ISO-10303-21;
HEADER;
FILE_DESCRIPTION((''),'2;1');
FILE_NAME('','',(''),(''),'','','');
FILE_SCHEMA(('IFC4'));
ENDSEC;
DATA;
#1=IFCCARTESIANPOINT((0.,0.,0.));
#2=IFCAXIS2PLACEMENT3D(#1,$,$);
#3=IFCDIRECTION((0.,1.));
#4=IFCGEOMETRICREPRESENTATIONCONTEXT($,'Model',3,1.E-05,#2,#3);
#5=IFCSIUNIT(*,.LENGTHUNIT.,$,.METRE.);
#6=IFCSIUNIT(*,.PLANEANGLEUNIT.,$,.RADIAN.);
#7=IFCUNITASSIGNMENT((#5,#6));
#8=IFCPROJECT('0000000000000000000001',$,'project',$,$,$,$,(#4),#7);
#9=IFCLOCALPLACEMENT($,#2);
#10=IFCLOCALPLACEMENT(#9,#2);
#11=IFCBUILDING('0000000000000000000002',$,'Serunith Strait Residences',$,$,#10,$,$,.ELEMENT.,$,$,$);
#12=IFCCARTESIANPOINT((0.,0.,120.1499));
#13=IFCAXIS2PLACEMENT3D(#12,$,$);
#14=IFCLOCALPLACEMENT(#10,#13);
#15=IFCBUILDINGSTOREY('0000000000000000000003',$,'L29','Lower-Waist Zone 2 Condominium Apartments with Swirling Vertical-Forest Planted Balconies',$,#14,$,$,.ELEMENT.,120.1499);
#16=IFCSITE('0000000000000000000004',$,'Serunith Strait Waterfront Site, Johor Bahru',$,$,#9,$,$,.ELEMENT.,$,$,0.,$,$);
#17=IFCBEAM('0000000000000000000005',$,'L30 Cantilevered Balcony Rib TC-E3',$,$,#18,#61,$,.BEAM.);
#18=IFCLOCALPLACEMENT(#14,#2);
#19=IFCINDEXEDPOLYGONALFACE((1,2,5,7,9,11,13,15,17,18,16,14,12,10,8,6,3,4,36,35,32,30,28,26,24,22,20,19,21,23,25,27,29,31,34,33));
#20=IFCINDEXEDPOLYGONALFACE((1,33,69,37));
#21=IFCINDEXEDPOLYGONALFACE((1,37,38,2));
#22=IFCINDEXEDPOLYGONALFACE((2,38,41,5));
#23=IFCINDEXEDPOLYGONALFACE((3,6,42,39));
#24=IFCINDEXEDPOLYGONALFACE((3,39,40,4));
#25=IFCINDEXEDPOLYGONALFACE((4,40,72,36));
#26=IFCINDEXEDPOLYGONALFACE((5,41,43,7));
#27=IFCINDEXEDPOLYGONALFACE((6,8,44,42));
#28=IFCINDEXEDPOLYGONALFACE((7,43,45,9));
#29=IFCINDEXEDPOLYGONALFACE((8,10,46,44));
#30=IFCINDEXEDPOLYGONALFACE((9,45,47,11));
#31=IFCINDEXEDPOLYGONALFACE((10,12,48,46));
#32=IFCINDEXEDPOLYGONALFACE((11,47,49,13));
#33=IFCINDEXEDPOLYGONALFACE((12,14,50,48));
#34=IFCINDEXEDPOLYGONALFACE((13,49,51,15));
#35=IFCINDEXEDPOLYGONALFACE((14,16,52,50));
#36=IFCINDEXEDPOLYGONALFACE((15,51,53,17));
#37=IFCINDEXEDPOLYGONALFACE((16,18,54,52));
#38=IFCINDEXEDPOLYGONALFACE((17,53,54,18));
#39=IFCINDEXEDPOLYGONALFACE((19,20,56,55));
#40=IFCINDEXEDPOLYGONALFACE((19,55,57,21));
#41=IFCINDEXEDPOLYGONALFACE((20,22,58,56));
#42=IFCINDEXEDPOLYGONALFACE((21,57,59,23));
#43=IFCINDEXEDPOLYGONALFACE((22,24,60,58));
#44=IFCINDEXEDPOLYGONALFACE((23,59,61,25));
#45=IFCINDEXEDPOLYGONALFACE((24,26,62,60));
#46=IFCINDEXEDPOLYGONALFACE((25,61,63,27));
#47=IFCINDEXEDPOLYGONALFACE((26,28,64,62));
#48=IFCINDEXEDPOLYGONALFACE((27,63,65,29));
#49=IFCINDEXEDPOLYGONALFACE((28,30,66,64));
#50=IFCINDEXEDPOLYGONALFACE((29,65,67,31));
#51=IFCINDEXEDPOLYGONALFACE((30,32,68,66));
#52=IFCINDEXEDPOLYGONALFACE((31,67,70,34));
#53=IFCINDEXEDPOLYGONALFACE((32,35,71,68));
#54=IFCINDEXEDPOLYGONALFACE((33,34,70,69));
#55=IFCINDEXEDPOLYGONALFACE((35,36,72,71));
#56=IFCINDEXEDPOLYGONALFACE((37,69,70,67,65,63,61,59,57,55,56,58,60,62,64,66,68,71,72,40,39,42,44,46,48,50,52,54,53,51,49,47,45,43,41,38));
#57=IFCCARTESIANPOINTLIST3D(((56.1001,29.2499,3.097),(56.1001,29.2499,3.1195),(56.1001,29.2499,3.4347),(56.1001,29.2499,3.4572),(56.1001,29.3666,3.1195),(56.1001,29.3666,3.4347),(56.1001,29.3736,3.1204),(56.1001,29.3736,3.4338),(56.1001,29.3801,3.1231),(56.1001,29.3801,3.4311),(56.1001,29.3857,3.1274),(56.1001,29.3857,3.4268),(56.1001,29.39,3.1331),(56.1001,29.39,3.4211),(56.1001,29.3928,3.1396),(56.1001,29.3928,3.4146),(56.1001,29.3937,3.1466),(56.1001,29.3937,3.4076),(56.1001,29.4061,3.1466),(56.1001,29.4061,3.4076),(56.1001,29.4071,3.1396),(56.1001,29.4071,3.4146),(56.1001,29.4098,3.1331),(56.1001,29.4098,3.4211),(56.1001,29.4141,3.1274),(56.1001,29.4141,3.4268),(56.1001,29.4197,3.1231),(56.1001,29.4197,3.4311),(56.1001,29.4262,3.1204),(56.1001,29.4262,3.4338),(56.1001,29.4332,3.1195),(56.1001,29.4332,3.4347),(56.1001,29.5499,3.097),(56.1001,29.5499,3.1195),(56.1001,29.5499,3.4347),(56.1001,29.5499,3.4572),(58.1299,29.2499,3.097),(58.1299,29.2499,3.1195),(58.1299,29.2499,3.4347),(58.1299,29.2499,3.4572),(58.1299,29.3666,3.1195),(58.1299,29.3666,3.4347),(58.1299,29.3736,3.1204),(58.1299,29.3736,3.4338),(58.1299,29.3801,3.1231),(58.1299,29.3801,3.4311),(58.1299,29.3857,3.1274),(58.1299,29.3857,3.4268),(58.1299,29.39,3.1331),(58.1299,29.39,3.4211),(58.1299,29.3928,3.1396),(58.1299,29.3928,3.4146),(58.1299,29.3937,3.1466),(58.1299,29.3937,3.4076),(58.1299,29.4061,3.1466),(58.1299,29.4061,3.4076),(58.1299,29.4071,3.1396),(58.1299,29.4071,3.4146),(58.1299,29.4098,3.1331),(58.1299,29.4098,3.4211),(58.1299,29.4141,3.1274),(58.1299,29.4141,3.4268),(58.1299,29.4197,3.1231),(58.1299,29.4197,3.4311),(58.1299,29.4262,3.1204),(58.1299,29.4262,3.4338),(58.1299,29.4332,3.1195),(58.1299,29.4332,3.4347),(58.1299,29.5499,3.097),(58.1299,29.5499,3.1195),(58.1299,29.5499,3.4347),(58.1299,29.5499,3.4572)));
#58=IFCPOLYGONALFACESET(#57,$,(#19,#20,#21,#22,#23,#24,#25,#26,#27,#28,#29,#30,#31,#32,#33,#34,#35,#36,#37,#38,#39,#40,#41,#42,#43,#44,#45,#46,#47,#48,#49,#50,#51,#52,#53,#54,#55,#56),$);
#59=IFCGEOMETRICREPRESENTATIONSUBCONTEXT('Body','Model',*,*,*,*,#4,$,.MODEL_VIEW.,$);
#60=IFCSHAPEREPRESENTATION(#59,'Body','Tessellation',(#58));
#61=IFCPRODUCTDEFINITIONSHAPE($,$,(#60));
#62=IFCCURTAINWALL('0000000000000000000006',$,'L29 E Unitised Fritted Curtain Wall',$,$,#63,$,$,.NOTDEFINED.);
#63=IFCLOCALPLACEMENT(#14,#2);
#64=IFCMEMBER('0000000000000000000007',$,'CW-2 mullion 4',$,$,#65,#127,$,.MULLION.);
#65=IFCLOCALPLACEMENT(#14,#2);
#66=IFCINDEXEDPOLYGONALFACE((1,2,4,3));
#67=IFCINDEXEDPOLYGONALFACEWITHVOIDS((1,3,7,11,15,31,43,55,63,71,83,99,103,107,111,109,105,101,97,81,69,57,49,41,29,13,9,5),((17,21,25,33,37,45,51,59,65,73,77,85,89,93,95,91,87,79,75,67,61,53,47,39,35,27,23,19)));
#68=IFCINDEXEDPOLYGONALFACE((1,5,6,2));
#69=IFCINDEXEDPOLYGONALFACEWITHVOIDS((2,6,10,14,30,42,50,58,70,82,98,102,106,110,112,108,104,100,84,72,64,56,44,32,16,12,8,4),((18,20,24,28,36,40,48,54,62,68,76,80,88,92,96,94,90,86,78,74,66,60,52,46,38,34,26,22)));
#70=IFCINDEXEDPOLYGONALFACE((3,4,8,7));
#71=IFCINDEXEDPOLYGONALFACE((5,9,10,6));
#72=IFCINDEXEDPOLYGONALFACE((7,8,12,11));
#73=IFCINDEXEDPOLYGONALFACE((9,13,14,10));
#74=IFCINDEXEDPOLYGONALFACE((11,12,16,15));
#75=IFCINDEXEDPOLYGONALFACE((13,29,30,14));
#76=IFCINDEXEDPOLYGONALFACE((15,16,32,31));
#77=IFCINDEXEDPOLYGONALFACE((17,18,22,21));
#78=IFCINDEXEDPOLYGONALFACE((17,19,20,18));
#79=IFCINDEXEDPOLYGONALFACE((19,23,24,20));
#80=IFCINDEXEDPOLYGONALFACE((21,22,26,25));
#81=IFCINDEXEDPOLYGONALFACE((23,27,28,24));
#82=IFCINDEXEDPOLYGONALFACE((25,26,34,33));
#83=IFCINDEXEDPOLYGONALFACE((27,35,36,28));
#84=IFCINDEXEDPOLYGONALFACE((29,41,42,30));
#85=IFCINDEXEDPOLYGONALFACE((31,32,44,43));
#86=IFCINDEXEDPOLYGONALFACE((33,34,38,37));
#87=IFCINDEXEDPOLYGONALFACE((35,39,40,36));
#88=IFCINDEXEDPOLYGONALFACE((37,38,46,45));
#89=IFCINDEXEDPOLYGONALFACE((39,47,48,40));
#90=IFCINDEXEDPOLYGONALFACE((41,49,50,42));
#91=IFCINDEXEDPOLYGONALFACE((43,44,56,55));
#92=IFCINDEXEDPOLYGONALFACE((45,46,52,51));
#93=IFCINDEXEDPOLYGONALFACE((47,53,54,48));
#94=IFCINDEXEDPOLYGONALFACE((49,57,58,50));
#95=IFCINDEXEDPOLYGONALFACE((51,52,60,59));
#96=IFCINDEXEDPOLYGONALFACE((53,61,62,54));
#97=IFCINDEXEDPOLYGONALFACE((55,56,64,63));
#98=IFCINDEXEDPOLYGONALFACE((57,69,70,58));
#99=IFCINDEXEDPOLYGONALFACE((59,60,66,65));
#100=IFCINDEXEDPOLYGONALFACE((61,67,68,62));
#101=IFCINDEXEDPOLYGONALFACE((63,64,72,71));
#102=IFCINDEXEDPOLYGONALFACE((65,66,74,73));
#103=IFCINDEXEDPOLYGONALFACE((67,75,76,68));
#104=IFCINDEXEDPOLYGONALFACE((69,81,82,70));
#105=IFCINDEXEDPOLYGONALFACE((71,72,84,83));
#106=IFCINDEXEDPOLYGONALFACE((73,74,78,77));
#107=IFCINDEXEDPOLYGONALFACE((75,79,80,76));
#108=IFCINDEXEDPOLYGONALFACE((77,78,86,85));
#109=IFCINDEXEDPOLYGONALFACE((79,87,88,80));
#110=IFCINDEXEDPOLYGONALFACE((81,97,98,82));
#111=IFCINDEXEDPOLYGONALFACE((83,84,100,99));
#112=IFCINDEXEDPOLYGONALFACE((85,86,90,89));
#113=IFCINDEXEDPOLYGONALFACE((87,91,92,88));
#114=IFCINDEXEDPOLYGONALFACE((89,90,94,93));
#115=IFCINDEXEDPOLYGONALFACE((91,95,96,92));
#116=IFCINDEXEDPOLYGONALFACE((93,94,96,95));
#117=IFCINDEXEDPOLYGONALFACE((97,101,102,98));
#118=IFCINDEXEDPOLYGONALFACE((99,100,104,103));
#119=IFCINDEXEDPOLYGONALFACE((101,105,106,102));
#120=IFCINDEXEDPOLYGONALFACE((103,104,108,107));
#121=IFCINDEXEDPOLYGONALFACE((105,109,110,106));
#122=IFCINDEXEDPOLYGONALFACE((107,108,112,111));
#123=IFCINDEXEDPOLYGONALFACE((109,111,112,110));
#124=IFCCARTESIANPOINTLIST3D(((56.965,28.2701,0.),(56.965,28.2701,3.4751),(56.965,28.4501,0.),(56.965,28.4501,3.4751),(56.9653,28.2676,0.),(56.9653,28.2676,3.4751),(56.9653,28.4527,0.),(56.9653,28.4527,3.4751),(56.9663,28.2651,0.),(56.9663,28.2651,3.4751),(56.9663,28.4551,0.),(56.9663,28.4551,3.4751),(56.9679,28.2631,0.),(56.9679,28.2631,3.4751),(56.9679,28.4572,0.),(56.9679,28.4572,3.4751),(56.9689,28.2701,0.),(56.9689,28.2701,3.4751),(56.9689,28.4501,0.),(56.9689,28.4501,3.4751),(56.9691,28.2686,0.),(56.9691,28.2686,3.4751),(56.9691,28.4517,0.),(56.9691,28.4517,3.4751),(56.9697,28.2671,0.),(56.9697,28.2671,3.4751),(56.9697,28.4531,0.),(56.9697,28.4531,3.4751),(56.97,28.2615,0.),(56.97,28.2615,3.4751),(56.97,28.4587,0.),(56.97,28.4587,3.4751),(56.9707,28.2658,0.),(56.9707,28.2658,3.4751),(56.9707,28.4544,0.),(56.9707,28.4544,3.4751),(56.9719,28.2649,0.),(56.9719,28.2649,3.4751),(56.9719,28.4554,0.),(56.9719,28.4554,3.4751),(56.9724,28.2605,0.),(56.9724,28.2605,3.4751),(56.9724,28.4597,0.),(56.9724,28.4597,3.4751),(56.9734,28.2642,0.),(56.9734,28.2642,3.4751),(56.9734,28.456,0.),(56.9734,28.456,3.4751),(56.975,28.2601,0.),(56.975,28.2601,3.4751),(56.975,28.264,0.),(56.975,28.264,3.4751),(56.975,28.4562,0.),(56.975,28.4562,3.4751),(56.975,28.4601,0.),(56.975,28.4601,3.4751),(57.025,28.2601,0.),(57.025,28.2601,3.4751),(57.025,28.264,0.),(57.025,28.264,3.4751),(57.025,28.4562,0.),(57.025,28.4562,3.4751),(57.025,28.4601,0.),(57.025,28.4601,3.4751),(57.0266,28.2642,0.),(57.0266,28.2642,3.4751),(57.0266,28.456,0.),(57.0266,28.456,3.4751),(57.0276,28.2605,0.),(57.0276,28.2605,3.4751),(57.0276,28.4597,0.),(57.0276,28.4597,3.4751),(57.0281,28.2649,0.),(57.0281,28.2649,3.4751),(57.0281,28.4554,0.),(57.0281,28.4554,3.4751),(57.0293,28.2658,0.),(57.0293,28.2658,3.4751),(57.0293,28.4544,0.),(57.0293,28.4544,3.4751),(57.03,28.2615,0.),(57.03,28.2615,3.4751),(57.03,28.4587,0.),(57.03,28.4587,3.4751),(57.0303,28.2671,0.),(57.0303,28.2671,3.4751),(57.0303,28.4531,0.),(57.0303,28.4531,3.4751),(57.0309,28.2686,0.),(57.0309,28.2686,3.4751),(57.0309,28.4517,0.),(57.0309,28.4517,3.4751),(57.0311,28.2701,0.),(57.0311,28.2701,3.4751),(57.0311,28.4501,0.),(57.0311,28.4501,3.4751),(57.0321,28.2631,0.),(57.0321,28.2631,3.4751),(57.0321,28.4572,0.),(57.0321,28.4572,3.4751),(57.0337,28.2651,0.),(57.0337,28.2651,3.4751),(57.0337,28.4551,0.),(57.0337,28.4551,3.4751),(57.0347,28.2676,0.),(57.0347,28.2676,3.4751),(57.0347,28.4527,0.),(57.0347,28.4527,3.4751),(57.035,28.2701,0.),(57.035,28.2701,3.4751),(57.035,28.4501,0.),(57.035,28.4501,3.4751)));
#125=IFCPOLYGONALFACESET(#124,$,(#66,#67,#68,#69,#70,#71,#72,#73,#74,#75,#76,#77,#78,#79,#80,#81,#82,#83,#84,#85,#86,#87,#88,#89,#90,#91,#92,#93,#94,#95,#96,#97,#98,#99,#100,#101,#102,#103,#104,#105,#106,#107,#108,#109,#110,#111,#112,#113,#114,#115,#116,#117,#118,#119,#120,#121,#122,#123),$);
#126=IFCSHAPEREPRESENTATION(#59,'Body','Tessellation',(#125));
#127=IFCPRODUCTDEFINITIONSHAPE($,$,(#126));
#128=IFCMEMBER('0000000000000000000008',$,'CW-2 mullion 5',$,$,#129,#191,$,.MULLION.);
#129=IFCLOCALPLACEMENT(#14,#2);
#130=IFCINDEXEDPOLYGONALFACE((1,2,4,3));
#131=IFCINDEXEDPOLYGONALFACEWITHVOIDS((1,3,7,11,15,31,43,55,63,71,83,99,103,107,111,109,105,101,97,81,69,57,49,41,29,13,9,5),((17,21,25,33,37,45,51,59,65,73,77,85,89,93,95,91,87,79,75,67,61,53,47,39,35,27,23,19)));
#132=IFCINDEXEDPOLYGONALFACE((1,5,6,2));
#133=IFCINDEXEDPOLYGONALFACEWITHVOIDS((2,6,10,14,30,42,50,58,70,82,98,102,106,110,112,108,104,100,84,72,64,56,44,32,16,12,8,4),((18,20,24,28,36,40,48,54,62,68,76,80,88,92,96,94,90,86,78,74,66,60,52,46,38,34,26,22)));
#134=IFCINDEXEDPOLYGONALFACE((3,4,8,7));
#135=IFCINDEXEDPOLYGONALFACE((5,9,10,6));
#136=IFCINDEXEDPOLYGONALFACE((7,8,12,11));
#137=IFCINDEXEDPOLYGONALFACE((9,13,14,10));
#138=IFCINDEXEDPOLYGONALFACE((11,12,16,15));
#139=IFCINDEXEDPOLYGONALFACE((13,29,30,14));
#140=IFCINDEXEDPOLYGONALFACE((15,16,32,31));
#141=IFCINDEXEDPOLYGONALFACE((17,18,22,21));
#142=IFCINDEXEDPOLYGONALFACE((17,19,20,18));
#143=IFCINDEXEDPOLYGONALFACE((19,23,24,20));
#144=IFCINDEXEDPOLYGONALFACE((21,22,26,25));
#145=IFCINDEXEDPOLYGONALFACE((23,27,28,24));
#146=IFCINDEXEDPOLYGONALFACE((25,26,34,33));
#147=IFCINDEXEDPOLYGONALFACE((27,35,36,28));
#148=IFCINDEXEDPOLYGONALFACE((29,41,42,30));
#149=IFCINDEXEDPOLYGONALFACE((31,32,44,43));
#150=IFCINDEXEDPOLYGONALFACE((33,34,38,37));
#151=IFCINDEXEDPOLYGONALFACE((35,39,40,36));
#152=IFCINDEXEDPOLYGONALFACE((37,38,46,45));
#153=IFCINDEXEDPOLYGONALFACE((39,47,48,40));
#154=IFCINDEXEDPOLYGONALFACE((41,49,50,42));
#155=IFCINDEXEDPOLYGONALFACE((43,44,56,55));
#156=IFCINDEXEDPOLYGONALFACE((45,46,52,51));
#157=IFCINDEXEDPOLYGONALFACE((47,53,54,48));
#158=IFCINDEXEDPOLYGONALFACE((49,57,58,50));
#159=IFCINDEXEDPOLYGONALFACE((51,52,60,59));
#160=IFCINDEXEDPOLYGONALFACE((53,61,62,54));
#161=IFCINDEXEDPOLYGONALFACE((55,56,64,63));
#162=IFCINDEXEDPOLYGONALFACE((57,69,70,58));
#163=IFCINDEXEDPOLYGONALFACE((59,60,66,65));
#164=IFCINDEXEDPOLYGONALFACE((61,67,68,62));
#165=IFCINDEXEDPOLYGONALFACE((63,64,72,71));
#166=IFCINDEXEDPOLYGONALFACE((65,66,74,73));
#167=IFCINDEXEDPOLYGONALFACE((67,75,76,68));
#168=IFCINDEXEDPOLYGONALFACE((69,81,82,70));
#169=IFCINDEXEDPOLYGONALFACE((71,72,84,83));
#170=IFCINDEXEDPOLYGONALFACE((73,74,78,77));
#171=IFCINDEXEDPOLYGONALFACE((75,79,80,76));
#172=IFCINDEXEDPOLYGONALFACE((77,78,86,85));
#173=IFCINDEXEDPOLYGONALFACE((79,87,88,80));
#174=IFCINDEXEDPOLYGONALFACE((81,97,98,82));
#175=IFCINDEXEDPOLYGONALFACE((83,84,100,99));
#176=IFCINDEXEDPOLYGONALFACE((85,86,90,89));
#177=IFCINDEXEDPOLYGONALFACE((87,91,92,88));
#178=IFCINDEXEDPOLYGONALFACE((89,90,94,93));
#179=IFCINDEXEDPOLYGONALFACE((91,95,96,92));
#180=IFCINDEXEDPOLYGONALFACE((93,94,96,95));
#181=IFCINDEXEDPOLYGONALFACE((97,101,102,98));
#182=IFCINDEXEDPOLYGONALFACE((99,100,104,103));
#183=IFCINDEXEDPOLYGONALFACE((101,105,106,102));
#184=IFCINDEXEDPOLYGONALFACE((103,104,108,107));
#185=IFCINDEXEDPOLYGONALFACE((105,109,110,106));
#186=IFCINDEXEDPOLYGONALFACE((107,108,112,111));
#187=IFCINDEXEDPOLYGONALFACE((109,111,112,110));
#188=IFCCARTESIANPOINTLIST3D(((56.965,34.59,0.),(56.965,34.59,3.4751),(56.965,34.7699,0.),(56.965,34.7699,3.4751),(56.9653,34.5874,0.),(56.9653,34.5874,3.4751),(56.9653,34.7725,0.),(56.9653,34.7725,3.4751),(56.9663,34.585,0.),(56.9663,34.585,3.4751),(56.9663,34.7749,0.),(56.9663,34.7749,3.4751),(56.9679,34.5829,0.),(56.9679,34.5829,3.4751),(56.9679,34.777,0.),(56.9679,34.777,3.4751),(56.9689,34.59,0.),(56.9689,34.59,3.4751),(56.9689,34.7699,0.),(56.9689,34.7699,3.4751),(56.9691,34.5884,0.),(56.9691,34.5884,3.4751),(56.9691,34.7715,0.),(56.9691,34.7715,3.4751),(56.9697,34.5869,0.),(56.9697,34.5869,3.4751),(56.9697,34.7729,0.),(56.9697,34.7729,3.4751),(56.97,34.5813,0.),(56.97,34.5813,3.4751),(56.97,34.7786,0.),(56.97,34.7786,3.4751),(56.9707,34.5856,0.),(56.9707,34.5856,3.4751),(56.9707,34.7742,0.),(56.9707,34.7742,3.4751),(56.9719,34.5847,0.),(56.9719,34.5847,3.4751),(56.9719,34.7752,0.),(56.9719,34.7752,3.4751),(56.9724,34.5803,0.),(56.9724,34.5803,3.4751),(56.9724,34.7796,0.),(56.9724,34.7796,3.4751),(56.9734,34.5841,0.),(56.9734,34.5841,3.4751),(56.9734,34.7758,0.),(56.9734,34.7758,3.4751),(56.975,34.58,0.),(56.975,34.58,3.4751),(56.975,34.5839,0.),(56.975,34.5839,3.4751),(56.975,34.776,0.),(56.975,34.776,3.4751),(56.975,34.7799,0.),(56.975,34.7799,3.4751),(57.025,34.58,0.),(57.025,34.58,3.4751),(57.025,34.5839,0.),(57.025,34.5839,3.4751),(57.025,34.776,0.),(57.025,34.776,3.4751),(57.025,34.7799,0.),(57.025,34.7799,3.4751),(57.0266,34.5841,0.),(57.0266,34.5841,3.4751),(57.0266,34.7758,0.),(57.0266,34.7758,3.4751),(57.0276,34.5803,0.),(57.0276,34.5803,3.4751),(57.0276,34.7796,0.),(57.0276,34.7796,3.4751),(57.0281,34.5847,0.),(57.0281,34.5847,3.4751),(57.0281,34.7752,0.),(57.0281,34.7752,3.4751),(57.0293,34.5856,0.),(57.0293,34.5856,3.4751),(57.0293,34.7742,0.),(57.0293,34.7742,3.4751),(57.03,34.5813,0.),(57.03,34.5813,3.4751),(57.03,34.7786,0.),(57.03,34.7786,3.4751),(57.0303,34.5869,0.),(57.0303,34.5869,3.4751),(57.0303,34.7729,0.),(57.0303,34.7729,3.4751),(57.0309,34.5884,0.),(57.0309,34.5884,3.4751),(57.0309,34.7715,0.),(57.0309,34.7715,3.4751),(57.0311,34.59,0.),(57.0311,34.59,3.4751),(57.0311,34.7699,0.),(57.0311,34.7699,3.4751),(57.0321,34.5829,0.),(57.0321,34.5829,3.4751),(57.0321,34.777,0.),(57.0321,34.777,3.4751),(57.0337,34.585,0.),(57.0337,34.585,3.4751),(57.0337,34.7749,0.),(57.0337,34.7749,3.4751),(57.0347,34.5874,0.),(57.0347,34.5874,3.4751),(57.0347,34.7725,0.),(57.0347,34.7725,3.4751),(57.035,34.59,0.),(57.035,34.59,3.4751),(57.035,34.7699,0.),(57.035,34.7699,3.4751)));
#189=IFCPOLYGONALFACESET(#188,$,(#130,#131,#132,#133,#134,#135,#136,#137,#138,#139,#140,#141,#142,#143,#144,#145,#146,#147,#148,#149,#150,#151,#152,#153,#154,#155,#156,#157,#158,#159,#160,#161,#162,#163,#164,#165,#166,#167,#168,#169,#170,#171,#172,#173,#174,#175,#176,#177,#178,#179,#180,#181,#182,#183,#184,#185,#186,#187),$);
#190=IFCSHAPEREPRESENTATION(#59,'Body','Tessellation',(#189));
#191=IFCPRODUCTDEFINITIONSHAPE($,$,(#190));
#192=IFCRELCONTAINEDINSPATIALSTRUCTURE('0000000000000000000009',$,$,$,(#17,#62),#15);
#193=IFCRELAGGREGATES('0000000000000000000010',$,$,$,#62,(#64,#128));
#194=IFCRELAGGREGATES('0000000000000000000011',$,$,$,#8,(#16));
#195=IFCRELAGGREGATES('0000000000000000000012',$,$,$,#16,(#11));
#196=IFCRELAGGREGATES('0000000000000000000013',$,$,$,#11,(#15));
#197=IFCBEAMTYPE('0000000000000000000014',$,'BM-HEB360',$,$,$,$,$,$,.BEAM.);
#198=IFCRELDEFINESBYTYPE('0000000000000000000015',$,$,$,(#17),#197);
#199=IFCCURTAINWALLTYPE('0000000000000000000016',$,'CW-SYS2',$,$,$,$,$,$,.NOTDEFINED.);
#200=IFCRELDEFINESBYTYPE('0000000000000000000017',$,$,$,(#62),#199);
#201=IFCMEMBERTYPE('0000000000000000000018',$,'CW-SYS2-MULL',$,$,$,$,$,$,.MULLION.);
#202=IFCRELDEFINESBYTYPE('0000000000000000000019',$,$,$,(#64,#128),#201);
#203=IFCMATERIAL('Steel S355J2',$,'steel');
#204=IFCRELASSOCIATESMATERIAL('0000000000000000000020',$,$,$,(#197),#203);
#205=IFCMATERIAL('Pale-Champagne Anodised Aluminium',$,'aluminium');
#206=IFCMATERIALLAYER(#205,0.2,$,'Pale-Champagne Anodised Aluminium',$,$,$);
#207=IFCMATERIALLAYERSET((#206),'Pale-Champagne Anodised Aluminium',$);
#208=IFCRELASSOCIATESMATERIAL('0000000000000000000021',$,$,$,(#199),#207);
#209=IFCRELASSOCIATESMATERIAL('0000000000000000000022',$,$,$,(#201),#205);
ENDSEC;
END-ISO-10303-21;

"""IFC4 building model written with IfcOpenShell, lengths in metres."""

from ifc_helpers import new_model, si_unit, direction, frame, origin, origin_2d, place, context, subcontext, project, spatial, hollow_rectangle, i_section, extrude, source, transform, mapped, material, layer, layer_set, material_profile, profile_set, type_object, element, aggregate, save


model = new_model("IFC4")

# Units and contexts
model_context = context("Model", 3, precision=1e-05, world=origin(), true_north=direction((0.0, 1.0)))
body_context = subcontext(model_context, "Body", "Model", "MODEL_VIEW")
ifc_project = project(units=[si_unit("LENGTHUNIT", "METRE"), si_unit("PLANEANGLEUNIT", "RADIAN")], contexts=[model_context])

# Site, building, storey
site_placement = place(None, origin())
site = spatial("IfcSite", under=ifc_project, at=site_placement, Name="Serunith Strait Waterfront Site, Johor Bahru", CompositionType="ELEMENT", RefElevation=0.0)
building_placement = place(site_placement, origin())
building = spatial("IfcBuilding", under=site, at=building_placement, Name="Serunith Strait Residences", CompositionType="ELEMENT")
storey_placement = place(building_placement, frame((0.0, 0.0, 120.1499)))
storey = spatial("IfcBuildingStorey", under=building, at=storey_placement, Name="L29", Description="Lower-Waist Zone 2 Condominium Apartments with Swirling Vertical-Forest Planted Balconies", CompositionType="ELEMENT", Elevation=120.1499)

# Beam
ifc_material_1 = material(Name="Steel S355J2", Category="steel")
ifc_material_profile_1 = material_profile(ifc_material_1, i_section(OverallWidth=0.3, OverallDepth=0.3601, WebThickness=0.0125, FlangeThickness=0.0225, FilletRadius=0.0271, at=origin_2d()), Name="HEB 360")
ifc_profile_set_1 = profile_set([ifc_material_profile_1], Name="Steel S355J2")
beam_type_1 = type_object("IfcBeamType", Name="BM-HEB360", PredefinedType="BEAM", material=ifc_profile_set_1)
shared_shape_1 = source(origin(), body_context, "Body", "SweptSolid", [
    extrude(i_section(OverallWidth=0.3, OverallDepth=0.3601, WebThickness=0.0125, FlangeThickness=0.0225, FilletRadius=0.0271, at=origin_2d()), origin(), (0.0, 0.0, 1.0), 2.0298),
])
beam_1_placement = place(storey_placement, frame((56.1001, 29.3999, 3.2771), z_axis=(1.0, 0.0, 0.0), x_axis=(0.0, 1.0, 0.0)))
element("IfcBeam", 1, at=beam_1_placement, inside=storey, type_object=beam_type_1, Name="L30 Cantilevered Balcony Rib TC-E3", PredefinedType="BEAM", context=body_context, shape_type="MappedRepresentation", body=[
    mapped(shared_shape_1, transform((0.0, 0.0, 0.0), scale=1.0)),
])

# Curtain wall, members
ifc_material_2 = material(Name="Pale-Champagne Anodised Aluminium", Category="aluminium")
ifc_layer_1 = layer(ifc_material_2, 0.2, Name="Pale-Champagne Anodised Aluminium")
ifc_layer_set_1 = layer_set([ifc_layer_1], Name="Pale-Champagne Anodised Aluminium")
curtain_wall_type = type_object("IfcCurtainWallType", Name="CW-SYS2", PredefinedType="NOTDEFINED", material=ifc_layer_set_1)
curtain_wall_placement = place(storey_placement, origin())
curtain_wall = element("IfcCurtainWall", 2, at=curtain_wall_placement, inside=storey, type_object=curtain_wall_type, Name="L29 E Unitised Fritted Curtain Wall", PredefinedType="NOTDEFINED")
ifc_material_profile_2 = material_profile(ifc_material_2, hollow_rectangle(XDim=0.0701, YDim=0.2, WallThickness=0.0039, InnerFilletRadius=0.0061, OuterFilletRadius=0.01, at=origin_2d()), Name="ALU 200x70x4")
ifc_profile_set_2 = profile_set([ifc_material_profile_2], Name="Pale-Champagne Anodised Aluminium")
member_type_1 = type_object("IfcMemberType", Name="CW-SYS2-MULL", PredefinedType="MULLION", material=ifc_profile_set_2)
shared_shape_2 = source(origin(), body_context, "Body", "SweptSolid", [
    extrude(hollow_rectangle(XDim=0.0701, YDim=0.2, WallThickness=0.0039, InnerFilletRadius=0.0061, OuterFilletRadius=0.01, at=origin_2d()), origin(), (0.0, 0.0, 1.0), 3.4751),
])
member_1_placement = place(storey_placement, frame((57.0, 28.3601, 0.0), z_axis=(0.0, 0.0, 1.0), x_axis=(-1.0, 0.0, 0.0)))
member_1 = element("IfcMember", 3, at=member_1_placement, type_object=member_type_1, Name="CW-2 mullion 4", PredefinedType="MULLION", context=body_context, shape_type="MappedRepresentation", body=[
    mapped(shared_shape_2, transform((0.0, 0.0, 0.0), scale=1.0)),
])
member_2_placement = place(storey_placement, frame((57.0, 34.6799, 0.0), z_axis=(0.0, 0.0, 1.0), x_axis=(-1.0, 0.0, 0.0)))
member_2 = element("IfcMember", 4, at=member_2_placement, type_object=member_type_1, Name="CW-2 mullion 5", PredefinedType="MULLION", context=body_context, shape_type="MappedRepresentation", body=[
    mapped(shared_shape_2, transform((0.0, 0.0, 0.0), scale=1.0)),
])
aggregate(curtain_wall, [member_1, member_2])

save(model, "model.ifc")
